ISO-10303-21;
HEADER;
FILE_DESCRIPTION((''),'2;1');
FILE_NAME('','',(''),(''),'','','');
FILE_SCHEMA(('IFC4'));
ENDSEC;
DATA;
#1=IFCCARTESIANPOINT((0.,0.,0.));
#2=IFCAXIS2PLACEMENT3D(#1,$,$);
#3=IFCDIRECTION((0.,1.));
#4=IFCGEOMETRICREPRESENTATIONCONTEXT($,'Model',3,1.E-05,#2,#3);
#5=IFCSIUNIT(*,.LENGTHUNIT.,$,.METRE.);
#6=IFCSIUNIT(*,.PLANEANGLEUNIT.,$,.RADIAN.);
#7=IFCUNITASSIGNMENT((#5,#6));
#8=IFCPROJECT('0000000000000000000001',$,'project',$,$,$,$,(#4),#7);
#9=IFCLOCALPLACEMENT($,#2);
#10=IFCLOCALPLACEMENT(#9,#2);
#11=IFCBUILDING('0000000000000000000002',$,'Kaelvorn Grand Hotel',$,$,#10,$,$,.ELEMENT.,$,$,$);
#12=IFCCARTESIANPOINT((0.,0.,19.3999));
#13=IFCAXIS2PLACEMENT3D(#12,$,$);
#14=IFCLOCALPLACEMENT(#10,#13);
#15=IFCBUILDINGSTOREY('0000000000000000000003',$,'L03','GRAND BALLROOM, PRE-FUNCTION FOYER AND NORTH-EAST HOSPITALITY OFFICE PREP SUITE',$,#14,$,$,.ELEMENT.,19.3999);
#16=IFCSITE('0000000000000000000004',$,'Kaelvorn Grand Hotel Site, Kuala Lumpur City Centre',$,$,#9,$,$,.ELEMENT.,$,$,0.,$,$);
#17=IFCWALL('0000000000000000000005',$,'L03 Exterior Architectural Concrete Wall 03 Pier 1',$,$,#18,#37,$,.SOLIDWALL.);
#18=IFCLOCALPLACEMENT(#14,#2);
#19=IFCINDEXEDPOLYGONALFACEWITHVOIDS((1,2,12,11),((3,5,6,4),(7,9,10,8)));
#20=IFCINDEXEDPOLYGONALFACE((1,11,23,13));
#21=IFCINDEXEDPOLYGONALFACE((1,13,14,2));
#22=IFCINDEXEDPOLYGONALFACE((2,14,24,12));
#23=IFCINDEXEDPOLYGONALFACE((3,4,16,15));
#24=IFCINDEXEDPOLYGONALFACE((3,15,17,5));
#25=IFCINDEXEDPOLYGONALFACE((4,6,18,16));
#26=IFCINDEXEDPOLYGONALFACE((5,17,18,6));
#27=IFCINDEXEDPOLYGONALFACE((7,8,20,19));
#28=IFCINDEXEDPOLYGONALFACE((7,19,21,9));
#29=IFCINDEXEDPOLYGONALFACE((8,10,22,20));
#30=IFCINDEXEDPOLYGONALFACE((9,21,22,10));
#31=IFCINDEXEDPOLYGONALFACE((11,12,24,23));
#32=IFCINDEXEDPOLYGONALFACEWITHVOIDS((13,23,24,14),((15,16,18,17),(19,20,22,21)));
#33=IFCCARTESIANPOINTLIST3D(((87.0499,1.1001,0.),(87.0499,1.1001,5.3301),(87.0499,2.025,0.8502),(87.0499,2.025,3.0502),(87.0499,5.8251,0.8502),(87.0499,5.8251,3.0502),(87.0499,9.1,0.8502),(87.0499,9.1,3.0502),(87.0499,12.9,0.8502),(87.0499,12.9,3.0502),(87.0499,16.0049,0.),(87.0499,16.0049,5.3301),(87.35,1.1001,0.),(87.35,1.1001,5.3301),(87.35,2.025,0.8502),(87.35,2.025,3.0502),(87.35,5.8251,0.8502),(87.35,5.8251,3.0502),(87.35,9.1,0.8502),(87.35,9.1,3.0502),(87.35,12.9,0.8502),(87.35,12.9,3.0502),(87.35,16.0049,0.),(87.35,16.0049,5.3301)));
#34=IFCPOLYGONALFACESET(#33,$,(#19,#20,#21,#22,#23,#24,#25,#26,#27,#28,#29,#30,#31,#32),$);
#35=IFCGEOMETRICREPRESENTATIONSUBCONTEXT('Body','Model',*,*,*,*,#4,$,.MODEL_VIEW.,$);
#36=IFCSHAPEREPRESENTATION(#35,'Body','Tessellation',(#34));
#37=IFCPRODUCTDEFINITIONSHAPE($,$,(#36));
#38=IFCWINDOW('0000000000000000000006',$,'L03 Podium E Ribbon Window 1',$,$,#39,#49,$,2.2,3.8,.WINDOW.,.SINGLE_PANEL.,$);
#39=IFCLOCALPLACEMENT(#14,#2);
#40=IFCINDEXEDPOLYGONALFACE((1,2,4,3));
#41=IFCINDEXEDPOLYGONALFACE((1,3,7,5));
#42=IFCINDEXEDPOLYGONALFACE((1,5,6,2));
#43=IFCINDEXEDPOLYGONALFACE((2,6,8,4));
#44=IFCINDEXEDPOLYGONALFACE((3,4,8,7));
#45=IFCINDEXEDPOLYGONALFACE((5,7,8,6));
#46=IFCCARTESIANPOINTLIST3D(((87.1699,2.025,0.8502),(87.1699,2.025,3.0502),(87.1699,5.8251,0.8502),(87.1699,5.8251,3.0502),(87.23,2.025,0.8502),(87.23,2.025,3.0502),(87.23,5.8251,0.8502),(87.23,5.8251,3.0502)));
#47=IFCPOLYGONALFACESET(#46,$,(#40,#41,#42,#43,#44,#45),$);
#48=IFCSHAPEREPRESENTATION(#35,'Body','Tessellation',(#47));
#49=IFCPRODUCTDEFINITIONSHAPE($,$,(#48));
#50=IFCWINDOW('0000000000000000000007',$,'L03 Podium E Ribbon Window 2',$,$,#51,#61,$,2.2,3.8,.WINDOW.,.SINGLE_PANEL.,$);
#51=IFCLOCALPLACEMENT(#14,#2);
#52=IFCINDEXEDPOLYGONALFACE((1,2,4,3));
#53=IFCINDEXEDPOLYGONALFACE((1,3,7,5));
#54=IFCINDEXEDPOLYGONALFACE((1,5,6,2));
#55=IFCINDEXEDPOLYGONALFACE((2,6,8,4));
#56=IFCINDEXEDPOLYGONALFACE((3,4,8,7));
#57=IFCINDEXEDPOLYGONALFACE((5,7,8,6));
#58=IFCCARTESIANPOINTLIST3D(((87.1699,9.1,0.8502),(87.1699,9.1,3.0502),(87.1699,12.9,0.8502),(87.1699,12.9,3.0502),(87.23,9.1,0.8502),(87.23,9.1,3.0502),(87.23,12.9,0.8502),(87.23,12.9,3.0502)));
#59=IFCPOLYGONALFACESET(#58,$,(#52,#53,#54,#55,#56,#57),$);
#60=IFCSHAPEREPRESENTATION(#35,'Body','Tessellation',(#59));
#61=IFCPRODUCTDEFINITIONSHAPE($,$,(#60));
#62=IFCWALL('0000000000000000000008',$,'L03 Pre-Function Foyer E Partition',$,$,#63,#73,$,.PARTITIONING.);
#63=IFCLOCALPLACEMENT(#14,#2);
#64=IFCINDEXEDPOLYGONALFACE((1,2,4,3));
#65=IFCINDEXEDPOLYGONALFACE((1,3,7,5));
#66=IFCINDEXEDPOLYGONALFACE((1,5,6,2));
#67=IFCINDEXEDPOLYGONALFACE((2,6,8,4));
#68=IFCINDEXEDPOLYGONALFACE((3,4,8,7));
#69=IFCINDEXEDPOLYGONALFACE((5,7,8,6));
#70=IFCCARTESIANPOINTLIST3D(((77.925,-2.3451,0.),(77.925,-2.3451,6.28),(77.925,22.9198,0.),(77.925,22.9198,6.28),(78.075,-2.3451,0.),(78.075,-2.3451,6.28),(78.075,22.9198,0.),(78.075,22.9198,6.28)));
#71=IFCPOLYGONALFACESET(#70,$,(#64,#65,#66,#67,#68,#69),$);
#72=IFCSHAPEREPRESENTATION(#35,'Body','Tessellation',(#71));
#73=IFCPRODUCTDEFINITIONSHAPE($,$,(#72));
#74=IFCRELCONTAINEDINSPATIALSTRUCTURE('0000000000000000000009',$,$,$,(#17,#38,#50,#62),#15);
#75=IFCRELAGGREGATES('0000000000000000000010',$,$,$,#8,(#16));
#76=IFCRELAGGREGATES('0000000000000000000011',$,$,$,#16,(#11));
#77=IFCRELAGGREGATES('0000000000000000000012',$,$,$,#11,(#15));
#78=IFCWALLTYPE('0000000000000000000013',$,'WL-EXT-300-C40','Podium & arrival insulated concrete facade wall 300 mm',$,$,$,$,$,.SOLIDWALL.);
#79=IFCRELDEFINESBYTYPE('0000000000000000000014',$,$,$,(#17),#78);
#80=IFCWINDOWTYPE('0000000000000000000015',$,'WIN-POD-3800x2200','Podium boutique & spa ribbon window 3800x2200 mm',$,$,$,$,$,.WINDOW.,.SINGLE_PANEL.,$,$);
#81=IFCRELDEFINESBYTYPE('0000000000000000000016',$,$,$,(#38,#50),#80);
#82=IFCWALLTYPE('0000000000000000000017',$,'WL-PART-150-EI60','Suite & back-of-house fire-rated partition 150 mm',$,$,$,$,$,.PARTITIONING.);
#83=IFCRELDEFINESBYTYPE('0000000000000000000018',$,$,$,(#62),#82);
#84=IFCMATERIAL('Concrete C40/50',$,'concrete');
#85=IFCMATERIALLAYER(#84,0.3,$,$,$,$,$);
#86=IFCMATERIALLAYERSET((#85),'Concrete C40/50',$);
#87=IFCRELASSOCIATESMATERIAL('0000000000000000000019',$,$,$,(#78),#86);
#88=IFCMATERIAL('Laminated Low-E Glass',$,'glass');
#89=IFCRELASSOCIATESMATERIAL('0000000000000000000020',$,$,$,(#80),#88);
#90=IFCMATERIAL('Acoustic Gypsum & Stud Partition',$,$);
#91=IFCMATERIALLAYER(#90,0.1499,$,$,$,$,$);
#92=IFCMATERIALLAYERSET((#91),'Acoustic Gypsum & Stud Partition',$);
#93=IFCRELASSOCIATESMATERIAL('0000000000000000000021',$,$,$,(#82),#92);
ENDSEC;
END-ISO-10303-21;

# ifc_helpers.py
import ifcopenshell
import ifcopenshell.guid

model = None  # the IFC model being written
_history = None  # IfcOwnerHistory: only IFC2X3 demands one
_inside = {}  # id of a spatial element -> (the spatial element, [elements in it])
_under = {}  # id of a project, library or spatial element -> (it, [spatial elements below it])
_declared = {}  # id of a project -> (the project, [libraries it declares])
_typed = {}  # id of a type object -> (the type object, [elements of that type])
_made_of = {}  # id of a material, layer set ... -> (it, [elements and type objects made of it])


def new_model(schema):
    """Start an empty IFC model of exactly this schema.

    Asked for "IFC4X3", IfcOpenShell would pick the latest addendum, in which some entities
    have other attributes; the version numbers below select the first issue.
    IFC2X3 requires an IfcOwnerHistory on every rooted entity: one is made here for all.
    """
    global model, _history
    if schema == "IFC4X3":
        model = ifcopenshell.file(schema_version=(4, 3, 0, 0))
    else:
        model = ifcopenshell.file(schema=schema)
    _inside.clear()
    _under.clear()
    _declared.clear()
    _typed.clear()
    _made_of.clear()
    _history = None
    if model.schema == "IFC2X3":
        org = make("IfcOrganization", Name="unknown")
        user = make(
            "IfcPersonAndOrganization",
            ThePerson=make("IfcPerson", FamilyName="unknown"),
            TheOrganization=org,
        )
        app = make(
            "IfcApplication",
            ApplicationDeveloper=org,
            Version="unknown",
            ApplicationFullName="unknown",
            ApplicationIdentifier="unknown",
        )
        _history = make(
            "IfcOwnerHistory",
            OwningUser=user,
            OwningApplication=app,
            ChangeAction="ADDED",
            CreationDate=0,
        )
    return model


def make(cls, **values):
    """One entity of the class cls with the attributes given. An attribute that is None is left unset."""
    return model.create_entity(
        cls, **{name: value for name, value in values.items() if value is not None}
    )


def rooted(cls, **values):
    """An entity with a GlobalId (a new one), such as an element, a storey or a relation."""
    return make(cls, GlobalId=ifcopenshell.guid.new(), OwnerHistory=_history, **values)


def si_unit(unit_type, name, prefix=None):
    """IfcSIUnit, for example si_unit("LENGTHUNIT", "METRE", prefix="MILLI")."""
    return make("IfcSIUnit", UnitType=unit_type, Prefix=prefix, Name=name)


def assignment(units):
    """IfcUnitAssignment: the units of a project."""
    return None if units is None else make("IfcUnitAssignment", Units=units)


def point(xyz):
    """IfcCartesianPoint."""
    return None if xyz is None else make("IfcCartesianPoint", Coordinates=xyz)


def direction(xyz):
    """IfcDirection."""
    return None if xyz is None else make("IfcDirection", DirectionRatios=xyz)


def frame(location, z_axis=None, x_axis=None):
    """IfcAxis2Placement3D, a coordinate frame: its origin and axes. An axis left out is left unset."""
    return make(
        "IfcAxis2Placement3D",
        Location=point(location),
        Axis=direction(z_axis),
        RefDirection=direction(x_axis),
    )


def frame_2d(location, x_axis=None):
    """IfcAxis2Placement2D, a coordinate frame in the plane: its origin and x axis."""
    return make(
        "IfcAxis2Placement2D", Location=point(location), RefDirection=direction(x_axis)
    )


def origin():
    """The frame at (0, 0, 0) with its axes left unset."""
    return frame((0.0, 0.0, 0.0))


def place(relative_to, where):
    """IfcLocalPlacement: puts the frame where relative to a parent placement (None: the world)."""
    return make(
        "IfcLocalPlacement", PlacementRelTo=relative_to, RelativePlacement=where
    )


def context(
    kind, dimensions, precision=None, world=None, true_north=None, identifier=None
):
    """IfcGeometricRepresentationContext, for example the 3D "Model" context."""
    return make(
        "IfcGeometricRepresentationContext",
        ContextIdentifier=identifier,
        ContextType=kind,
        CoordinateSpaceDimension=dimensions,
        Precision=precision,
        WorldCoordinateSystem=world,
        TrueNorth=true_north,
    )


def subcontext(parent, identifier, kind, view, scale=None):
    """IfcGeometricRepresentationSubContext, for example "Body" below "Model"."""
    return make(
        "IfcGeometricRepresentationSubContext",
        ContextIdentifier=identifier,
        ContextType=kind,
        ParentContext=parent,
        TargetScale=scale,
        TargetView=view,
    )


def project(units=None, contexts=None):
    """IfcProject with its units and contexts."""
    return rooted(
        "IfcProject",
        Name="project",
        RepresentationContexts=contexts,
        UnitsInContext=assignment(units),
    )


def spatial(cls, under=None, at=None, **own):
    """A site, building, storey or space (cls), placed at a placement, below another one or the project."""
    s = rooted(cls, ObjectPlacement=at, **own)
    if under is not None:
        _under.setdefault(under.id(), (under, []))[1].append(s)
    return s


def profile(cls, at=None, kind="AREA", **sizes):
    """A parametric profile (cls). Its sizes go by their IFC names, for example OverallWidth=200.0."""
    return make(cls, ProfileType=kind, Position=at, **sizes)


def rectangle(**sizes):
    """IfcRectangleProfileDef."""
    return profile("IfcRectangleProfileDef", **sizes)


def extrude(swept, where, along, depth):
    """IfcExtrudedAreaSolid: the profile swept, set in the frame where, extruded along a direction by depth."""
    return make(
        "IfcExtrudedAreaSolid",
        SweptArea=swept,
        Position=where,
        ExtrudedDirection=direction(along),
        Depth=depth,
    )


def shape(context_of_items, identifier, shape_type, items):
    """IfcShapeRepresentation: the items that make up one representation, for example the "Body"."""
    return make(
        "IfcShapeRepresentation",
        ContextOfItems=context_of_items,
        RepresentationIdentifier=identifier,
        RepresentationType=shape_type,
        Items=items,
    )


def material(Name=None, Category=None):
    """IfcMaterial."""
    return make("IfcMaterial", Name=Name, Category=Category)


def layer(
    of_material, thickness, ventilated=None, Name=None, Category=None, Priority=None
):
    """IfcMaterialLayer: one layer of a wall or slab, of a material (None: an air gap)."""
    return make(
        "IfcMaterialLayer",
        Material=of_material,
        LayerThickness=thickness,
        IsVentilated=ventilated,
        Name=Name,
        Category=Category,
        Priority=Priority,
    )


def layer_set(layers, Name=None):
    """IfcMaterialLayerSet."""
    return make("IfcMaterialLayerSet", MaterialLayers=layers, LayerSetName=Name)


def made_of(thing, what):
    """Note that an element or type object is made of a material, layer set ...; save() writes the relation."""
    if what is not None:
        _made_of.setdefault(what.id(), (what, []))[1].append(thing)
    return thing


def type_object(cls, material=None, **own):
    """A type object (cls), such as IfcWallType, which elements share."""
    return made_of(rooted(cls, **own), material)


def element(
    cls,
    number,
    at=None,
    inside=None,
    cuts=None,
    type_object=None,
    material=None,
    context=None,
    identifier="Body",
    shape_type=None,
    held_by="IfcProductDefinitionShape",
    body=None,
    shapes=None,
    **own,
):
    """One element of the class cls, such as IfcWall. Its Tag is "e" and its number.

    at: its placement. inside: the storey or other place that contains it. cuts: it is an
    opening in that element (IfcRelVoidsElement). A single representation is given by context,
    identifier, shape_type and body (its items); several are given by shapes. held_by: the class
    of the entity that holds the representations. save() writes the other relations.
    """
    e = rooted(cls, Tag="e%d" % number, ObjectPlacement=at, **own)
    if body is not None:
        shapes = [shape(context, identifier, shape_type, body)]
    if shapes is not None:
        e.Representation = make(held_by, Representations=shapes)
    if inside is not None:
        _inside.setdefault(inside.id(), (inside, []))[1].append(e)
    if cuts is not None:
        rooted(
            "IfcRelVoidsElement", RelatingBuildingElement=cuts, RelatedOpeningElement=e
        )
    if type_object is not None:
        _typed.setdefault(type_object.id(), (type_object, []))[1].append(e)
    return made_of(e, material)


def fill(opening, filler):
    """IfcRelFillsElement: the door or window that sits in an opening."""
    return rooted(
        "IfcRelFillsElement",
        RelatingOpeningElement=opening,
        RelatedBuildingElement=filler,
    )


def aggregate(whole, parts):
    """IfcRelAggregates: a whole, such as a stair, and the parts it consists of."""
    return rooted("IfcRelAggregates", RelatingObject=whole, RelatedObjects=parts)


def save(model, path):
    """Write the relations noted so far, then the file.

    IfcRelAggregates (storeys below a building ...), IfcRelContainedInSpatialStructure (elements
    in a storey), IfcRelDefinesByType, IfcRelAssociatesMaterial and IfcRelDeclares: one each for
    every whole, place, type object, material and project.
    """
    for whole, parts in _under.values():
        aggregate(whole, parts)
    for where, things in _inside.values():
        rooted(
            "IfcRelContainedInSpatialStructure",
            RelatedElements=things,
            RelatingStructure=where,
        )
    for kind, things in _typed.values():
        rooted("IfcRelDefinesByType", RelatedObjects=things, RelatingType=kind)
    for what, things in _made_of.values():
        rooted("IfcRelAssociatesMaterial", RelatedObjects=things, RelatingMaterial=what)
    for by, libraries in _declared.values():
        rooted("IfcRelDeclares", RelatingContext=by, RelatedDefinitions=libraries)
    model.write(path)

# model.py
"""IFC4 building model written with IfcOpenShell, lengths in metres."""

from ifc_helpers import new_model, si_unit, direction, frame, frame_2d, origin, place, context, subcontext, project, spatial, rectangle, extrude, material, layer, layer_set, type_object, element, fill, save


model = new_model("IFC4")

# Units and contexts
model_context = context("Model", 3, precision=1e-05, world=origin(), true_north=direction((0.0, 1.0)))
body_context = subcontext(model_context, "Body", "Model", "MODEL_VIEW")
ifc_project = project(units=[si_unit("LENGTHUNIT", "METRE"), si_unit("PLANEANGLEUNIT", "RADIAN")], contexts=[model_context])

# Site, building, storey
site_placement = place(None, origin())
site = spatial("IfcSite", under=ifc_project, at=site_placement, Name="Kaelvorn Grand Hotel Site, Kuala Lumpur City Centre", CompositionType="ELEMENT", RefElevation=0.0)
building_placement = place(site_placement, origin())
building = spatial("IfcBuilding", under=site, at=building_placement, Name="Kaelvorn Grand Hotel", CompositionType="ELEMENT")
storey_placement = place(building_placement, frame((0.0, 0.0, 19.3999)))
storey = spatial("IfcBuildingStorey", under=building, at=storey_placement, Name="L03", Description="GRAND BALLROOM, PRE-FUNCTION FOYER AND NORTH-EAST HOSPITALITY OFFICE PREP SUITE", CompositionType="ELEMENT", Elevation=19.3999)

# Shared definitions
ifc_material_1 = material(Name="Concrete C40/50", Category="concrete")
ifc_layer_1 = layer(ifc_material_1, 0.3)
ifc_layer_set_1 = layer_set([ifc_layer_1], Name="Concrete C40/50")
wall_type_1 = type_object("IfcWallType", Name="WL-EXT-300-C40", Description="Podium & arrival insulated concrete facade wall 300 mm", PredefinedType="SOLIDWALL", material=ifc_layer_set_1)
ifc_material_2 = material(Name="Laminated Low-E Glass", Category="glass")

# Wall, openings, windows
wall_1_placement = place(storey_placement, frame((87.2, 1.1001, 0.0), z_axis=(0.0, 0.0, 1.0), x_axis=(0.0, 1.0, 0.0)))
wall_1 = element("IfcWall", 1, at=wall_1_placement, inside=storey, type_object=wall_type_1, Name="L03 Exterior Architectural Concrete Wall 03 Pier 1", PredefinedType="SOLIDWALL", context=body_context, shape_type="SweptSolid", body=[
    extrude(rectangle(XDim=14.9048, YDim=0.3, at=frame_2d((7.4524, 0.0))), origin(), (0.0, 0.0, 1.0), 5.3301),
])
opening_1_placement = place(wall_1_placement, frame((0.925, 0.0, 0.8501)))
opening_1 = element("IfcOpeningElement", 2, at=opening_1_placement, cuts=wall_1, PredefinedType="OPENING", context=body_context, shape_type="SweptSolid", body=[
    extrude(rectangle(XDim=3.8, YDim=2.2, at=frame_2d((1.8999, 1.1001))), frame((0.0, 0.1602, 0.0), z_axis=(0.0, -1.0, 0.0), x_axis=(1.0, 0.0, 0.0)), (0.0, 0.0, 1.0), 0.3201),
])
opening_2_placement = place(wall_1_placement, frame((8.0, 0.0, 0.8501)))
opening_2 = element("IfcOpeningElement", 3, at=opening_2_placement, cuts=wall_1, PredefinedType="OPENING", context=body_context, shape_type="SweptSolid", body=[
    extrude(rectangle(XDim=3.8, YDim=2.2, at=frame_2d((1.8999, 1.1001))), frame((0.0, 0.1602, 0.0), z_axis=(0.0, -1.0, 0.0), x_axis=(1.0, 0.0, 0.0)), (0.0, 0.0, 1.0), 0.3201),
])
window_type_1 = type_object("IfcWindowType", Name="WIN-POD-3800x2200", Description="Podium boutique & spa ribbon window 3800x2200 mm", PartitioningType="SINGLE_PANEL", PredefinedType="WINDOW", material=ifc_material_2)
window_1_placement = place(opening_1_placement, origin())
window_1 = element("IfcWindow", 4, at=window_1_placement, inside=storey, type_object=window_type_1, Name="L03 Podium E Ribbon Window 1", OverallHeight=2.2, OverallWidth=3.8, PartitioningType="SINGLE_PANEL", PredefinedType="WINDOW", context=body_context, shape_type="SweptSolid", body=[
    extrude(rectangle(XDim=3.8, YDim=2.2, at=frame_2d((1.8999, 1.1001))), frame((0.0, 0.03, 0.0), z_axis=(0.0, -1.0, 0.0), x_axis=(1.0, 0.0, 0.0)), (0.0, 0.0, 1.0), 0.0601),
])
fill(opening_1, window_1)
window_2_placement = place(opening_2_placement, origin())
window_2 = element("IfcWindow", 5, at=window_2_placement, inside=storey, type_object=window_type_1, Name="L03 Podium E Ribbon Window 2", OverallHeight=2.2, OverallWidth=3.8, PartitioningType="SINGLE_PANEL", PredefinedType="WINDOW", context=body_context, shape_type="SweptSolid", body=[
    extrude(rectangle(XDim=3.8, YDim=2.2, at=frame_2d((1.8999, 1.1001))), frame((0.0, 0.03, 0.0), z_axis=(0.0, -1.0, 0.0), x_axis=(1.0, 0.0, 0.0)), (0.0, 0.0, 1.0), 0.0601),
])
fill(opening_2, window_2)

# Wall
ifc_material_3 = material(Name="Acoustic Gypsum & Stud Partition")
ifc_layer_2 = layer(ifc_material_3, 0.1499)
ifc_layer_set_2 = layer_set([ifc_layer_2], Name="Acoustic Gypsum & Stud Partition")
wall_type_2 = type_object("IfcWallType", Name="WL-PART-150-EI60", Description="Suite & back-of-house fire-rated partition 150 mm", PredefinedType="PARTITIONING", material=ifc_layer_set_2)
wall_2_placement = place(storey_placement, frame((78.0, -2.345, 0.0), z_axis=(0.0, 0.0, 1.0), x_axis=(0.0, 1.0, 0.0)))
element("IfcWall", 6, at=wall_2_placement, inside=storey, type_object=wall_type_2, Name="L03 Pre-Function Foyer E Partition", PredefinedType="PARTITIONING", context=body_context, shape_type="SweptSolid", body=[
    extrude(rectangle(XDim=25.2649, YDim=0.1499, at=frame_2d((12.6323, 0.0))), origin(), (0.0, 0.0, 1.0), 6.28),
])

save(model, "model.ifc")
